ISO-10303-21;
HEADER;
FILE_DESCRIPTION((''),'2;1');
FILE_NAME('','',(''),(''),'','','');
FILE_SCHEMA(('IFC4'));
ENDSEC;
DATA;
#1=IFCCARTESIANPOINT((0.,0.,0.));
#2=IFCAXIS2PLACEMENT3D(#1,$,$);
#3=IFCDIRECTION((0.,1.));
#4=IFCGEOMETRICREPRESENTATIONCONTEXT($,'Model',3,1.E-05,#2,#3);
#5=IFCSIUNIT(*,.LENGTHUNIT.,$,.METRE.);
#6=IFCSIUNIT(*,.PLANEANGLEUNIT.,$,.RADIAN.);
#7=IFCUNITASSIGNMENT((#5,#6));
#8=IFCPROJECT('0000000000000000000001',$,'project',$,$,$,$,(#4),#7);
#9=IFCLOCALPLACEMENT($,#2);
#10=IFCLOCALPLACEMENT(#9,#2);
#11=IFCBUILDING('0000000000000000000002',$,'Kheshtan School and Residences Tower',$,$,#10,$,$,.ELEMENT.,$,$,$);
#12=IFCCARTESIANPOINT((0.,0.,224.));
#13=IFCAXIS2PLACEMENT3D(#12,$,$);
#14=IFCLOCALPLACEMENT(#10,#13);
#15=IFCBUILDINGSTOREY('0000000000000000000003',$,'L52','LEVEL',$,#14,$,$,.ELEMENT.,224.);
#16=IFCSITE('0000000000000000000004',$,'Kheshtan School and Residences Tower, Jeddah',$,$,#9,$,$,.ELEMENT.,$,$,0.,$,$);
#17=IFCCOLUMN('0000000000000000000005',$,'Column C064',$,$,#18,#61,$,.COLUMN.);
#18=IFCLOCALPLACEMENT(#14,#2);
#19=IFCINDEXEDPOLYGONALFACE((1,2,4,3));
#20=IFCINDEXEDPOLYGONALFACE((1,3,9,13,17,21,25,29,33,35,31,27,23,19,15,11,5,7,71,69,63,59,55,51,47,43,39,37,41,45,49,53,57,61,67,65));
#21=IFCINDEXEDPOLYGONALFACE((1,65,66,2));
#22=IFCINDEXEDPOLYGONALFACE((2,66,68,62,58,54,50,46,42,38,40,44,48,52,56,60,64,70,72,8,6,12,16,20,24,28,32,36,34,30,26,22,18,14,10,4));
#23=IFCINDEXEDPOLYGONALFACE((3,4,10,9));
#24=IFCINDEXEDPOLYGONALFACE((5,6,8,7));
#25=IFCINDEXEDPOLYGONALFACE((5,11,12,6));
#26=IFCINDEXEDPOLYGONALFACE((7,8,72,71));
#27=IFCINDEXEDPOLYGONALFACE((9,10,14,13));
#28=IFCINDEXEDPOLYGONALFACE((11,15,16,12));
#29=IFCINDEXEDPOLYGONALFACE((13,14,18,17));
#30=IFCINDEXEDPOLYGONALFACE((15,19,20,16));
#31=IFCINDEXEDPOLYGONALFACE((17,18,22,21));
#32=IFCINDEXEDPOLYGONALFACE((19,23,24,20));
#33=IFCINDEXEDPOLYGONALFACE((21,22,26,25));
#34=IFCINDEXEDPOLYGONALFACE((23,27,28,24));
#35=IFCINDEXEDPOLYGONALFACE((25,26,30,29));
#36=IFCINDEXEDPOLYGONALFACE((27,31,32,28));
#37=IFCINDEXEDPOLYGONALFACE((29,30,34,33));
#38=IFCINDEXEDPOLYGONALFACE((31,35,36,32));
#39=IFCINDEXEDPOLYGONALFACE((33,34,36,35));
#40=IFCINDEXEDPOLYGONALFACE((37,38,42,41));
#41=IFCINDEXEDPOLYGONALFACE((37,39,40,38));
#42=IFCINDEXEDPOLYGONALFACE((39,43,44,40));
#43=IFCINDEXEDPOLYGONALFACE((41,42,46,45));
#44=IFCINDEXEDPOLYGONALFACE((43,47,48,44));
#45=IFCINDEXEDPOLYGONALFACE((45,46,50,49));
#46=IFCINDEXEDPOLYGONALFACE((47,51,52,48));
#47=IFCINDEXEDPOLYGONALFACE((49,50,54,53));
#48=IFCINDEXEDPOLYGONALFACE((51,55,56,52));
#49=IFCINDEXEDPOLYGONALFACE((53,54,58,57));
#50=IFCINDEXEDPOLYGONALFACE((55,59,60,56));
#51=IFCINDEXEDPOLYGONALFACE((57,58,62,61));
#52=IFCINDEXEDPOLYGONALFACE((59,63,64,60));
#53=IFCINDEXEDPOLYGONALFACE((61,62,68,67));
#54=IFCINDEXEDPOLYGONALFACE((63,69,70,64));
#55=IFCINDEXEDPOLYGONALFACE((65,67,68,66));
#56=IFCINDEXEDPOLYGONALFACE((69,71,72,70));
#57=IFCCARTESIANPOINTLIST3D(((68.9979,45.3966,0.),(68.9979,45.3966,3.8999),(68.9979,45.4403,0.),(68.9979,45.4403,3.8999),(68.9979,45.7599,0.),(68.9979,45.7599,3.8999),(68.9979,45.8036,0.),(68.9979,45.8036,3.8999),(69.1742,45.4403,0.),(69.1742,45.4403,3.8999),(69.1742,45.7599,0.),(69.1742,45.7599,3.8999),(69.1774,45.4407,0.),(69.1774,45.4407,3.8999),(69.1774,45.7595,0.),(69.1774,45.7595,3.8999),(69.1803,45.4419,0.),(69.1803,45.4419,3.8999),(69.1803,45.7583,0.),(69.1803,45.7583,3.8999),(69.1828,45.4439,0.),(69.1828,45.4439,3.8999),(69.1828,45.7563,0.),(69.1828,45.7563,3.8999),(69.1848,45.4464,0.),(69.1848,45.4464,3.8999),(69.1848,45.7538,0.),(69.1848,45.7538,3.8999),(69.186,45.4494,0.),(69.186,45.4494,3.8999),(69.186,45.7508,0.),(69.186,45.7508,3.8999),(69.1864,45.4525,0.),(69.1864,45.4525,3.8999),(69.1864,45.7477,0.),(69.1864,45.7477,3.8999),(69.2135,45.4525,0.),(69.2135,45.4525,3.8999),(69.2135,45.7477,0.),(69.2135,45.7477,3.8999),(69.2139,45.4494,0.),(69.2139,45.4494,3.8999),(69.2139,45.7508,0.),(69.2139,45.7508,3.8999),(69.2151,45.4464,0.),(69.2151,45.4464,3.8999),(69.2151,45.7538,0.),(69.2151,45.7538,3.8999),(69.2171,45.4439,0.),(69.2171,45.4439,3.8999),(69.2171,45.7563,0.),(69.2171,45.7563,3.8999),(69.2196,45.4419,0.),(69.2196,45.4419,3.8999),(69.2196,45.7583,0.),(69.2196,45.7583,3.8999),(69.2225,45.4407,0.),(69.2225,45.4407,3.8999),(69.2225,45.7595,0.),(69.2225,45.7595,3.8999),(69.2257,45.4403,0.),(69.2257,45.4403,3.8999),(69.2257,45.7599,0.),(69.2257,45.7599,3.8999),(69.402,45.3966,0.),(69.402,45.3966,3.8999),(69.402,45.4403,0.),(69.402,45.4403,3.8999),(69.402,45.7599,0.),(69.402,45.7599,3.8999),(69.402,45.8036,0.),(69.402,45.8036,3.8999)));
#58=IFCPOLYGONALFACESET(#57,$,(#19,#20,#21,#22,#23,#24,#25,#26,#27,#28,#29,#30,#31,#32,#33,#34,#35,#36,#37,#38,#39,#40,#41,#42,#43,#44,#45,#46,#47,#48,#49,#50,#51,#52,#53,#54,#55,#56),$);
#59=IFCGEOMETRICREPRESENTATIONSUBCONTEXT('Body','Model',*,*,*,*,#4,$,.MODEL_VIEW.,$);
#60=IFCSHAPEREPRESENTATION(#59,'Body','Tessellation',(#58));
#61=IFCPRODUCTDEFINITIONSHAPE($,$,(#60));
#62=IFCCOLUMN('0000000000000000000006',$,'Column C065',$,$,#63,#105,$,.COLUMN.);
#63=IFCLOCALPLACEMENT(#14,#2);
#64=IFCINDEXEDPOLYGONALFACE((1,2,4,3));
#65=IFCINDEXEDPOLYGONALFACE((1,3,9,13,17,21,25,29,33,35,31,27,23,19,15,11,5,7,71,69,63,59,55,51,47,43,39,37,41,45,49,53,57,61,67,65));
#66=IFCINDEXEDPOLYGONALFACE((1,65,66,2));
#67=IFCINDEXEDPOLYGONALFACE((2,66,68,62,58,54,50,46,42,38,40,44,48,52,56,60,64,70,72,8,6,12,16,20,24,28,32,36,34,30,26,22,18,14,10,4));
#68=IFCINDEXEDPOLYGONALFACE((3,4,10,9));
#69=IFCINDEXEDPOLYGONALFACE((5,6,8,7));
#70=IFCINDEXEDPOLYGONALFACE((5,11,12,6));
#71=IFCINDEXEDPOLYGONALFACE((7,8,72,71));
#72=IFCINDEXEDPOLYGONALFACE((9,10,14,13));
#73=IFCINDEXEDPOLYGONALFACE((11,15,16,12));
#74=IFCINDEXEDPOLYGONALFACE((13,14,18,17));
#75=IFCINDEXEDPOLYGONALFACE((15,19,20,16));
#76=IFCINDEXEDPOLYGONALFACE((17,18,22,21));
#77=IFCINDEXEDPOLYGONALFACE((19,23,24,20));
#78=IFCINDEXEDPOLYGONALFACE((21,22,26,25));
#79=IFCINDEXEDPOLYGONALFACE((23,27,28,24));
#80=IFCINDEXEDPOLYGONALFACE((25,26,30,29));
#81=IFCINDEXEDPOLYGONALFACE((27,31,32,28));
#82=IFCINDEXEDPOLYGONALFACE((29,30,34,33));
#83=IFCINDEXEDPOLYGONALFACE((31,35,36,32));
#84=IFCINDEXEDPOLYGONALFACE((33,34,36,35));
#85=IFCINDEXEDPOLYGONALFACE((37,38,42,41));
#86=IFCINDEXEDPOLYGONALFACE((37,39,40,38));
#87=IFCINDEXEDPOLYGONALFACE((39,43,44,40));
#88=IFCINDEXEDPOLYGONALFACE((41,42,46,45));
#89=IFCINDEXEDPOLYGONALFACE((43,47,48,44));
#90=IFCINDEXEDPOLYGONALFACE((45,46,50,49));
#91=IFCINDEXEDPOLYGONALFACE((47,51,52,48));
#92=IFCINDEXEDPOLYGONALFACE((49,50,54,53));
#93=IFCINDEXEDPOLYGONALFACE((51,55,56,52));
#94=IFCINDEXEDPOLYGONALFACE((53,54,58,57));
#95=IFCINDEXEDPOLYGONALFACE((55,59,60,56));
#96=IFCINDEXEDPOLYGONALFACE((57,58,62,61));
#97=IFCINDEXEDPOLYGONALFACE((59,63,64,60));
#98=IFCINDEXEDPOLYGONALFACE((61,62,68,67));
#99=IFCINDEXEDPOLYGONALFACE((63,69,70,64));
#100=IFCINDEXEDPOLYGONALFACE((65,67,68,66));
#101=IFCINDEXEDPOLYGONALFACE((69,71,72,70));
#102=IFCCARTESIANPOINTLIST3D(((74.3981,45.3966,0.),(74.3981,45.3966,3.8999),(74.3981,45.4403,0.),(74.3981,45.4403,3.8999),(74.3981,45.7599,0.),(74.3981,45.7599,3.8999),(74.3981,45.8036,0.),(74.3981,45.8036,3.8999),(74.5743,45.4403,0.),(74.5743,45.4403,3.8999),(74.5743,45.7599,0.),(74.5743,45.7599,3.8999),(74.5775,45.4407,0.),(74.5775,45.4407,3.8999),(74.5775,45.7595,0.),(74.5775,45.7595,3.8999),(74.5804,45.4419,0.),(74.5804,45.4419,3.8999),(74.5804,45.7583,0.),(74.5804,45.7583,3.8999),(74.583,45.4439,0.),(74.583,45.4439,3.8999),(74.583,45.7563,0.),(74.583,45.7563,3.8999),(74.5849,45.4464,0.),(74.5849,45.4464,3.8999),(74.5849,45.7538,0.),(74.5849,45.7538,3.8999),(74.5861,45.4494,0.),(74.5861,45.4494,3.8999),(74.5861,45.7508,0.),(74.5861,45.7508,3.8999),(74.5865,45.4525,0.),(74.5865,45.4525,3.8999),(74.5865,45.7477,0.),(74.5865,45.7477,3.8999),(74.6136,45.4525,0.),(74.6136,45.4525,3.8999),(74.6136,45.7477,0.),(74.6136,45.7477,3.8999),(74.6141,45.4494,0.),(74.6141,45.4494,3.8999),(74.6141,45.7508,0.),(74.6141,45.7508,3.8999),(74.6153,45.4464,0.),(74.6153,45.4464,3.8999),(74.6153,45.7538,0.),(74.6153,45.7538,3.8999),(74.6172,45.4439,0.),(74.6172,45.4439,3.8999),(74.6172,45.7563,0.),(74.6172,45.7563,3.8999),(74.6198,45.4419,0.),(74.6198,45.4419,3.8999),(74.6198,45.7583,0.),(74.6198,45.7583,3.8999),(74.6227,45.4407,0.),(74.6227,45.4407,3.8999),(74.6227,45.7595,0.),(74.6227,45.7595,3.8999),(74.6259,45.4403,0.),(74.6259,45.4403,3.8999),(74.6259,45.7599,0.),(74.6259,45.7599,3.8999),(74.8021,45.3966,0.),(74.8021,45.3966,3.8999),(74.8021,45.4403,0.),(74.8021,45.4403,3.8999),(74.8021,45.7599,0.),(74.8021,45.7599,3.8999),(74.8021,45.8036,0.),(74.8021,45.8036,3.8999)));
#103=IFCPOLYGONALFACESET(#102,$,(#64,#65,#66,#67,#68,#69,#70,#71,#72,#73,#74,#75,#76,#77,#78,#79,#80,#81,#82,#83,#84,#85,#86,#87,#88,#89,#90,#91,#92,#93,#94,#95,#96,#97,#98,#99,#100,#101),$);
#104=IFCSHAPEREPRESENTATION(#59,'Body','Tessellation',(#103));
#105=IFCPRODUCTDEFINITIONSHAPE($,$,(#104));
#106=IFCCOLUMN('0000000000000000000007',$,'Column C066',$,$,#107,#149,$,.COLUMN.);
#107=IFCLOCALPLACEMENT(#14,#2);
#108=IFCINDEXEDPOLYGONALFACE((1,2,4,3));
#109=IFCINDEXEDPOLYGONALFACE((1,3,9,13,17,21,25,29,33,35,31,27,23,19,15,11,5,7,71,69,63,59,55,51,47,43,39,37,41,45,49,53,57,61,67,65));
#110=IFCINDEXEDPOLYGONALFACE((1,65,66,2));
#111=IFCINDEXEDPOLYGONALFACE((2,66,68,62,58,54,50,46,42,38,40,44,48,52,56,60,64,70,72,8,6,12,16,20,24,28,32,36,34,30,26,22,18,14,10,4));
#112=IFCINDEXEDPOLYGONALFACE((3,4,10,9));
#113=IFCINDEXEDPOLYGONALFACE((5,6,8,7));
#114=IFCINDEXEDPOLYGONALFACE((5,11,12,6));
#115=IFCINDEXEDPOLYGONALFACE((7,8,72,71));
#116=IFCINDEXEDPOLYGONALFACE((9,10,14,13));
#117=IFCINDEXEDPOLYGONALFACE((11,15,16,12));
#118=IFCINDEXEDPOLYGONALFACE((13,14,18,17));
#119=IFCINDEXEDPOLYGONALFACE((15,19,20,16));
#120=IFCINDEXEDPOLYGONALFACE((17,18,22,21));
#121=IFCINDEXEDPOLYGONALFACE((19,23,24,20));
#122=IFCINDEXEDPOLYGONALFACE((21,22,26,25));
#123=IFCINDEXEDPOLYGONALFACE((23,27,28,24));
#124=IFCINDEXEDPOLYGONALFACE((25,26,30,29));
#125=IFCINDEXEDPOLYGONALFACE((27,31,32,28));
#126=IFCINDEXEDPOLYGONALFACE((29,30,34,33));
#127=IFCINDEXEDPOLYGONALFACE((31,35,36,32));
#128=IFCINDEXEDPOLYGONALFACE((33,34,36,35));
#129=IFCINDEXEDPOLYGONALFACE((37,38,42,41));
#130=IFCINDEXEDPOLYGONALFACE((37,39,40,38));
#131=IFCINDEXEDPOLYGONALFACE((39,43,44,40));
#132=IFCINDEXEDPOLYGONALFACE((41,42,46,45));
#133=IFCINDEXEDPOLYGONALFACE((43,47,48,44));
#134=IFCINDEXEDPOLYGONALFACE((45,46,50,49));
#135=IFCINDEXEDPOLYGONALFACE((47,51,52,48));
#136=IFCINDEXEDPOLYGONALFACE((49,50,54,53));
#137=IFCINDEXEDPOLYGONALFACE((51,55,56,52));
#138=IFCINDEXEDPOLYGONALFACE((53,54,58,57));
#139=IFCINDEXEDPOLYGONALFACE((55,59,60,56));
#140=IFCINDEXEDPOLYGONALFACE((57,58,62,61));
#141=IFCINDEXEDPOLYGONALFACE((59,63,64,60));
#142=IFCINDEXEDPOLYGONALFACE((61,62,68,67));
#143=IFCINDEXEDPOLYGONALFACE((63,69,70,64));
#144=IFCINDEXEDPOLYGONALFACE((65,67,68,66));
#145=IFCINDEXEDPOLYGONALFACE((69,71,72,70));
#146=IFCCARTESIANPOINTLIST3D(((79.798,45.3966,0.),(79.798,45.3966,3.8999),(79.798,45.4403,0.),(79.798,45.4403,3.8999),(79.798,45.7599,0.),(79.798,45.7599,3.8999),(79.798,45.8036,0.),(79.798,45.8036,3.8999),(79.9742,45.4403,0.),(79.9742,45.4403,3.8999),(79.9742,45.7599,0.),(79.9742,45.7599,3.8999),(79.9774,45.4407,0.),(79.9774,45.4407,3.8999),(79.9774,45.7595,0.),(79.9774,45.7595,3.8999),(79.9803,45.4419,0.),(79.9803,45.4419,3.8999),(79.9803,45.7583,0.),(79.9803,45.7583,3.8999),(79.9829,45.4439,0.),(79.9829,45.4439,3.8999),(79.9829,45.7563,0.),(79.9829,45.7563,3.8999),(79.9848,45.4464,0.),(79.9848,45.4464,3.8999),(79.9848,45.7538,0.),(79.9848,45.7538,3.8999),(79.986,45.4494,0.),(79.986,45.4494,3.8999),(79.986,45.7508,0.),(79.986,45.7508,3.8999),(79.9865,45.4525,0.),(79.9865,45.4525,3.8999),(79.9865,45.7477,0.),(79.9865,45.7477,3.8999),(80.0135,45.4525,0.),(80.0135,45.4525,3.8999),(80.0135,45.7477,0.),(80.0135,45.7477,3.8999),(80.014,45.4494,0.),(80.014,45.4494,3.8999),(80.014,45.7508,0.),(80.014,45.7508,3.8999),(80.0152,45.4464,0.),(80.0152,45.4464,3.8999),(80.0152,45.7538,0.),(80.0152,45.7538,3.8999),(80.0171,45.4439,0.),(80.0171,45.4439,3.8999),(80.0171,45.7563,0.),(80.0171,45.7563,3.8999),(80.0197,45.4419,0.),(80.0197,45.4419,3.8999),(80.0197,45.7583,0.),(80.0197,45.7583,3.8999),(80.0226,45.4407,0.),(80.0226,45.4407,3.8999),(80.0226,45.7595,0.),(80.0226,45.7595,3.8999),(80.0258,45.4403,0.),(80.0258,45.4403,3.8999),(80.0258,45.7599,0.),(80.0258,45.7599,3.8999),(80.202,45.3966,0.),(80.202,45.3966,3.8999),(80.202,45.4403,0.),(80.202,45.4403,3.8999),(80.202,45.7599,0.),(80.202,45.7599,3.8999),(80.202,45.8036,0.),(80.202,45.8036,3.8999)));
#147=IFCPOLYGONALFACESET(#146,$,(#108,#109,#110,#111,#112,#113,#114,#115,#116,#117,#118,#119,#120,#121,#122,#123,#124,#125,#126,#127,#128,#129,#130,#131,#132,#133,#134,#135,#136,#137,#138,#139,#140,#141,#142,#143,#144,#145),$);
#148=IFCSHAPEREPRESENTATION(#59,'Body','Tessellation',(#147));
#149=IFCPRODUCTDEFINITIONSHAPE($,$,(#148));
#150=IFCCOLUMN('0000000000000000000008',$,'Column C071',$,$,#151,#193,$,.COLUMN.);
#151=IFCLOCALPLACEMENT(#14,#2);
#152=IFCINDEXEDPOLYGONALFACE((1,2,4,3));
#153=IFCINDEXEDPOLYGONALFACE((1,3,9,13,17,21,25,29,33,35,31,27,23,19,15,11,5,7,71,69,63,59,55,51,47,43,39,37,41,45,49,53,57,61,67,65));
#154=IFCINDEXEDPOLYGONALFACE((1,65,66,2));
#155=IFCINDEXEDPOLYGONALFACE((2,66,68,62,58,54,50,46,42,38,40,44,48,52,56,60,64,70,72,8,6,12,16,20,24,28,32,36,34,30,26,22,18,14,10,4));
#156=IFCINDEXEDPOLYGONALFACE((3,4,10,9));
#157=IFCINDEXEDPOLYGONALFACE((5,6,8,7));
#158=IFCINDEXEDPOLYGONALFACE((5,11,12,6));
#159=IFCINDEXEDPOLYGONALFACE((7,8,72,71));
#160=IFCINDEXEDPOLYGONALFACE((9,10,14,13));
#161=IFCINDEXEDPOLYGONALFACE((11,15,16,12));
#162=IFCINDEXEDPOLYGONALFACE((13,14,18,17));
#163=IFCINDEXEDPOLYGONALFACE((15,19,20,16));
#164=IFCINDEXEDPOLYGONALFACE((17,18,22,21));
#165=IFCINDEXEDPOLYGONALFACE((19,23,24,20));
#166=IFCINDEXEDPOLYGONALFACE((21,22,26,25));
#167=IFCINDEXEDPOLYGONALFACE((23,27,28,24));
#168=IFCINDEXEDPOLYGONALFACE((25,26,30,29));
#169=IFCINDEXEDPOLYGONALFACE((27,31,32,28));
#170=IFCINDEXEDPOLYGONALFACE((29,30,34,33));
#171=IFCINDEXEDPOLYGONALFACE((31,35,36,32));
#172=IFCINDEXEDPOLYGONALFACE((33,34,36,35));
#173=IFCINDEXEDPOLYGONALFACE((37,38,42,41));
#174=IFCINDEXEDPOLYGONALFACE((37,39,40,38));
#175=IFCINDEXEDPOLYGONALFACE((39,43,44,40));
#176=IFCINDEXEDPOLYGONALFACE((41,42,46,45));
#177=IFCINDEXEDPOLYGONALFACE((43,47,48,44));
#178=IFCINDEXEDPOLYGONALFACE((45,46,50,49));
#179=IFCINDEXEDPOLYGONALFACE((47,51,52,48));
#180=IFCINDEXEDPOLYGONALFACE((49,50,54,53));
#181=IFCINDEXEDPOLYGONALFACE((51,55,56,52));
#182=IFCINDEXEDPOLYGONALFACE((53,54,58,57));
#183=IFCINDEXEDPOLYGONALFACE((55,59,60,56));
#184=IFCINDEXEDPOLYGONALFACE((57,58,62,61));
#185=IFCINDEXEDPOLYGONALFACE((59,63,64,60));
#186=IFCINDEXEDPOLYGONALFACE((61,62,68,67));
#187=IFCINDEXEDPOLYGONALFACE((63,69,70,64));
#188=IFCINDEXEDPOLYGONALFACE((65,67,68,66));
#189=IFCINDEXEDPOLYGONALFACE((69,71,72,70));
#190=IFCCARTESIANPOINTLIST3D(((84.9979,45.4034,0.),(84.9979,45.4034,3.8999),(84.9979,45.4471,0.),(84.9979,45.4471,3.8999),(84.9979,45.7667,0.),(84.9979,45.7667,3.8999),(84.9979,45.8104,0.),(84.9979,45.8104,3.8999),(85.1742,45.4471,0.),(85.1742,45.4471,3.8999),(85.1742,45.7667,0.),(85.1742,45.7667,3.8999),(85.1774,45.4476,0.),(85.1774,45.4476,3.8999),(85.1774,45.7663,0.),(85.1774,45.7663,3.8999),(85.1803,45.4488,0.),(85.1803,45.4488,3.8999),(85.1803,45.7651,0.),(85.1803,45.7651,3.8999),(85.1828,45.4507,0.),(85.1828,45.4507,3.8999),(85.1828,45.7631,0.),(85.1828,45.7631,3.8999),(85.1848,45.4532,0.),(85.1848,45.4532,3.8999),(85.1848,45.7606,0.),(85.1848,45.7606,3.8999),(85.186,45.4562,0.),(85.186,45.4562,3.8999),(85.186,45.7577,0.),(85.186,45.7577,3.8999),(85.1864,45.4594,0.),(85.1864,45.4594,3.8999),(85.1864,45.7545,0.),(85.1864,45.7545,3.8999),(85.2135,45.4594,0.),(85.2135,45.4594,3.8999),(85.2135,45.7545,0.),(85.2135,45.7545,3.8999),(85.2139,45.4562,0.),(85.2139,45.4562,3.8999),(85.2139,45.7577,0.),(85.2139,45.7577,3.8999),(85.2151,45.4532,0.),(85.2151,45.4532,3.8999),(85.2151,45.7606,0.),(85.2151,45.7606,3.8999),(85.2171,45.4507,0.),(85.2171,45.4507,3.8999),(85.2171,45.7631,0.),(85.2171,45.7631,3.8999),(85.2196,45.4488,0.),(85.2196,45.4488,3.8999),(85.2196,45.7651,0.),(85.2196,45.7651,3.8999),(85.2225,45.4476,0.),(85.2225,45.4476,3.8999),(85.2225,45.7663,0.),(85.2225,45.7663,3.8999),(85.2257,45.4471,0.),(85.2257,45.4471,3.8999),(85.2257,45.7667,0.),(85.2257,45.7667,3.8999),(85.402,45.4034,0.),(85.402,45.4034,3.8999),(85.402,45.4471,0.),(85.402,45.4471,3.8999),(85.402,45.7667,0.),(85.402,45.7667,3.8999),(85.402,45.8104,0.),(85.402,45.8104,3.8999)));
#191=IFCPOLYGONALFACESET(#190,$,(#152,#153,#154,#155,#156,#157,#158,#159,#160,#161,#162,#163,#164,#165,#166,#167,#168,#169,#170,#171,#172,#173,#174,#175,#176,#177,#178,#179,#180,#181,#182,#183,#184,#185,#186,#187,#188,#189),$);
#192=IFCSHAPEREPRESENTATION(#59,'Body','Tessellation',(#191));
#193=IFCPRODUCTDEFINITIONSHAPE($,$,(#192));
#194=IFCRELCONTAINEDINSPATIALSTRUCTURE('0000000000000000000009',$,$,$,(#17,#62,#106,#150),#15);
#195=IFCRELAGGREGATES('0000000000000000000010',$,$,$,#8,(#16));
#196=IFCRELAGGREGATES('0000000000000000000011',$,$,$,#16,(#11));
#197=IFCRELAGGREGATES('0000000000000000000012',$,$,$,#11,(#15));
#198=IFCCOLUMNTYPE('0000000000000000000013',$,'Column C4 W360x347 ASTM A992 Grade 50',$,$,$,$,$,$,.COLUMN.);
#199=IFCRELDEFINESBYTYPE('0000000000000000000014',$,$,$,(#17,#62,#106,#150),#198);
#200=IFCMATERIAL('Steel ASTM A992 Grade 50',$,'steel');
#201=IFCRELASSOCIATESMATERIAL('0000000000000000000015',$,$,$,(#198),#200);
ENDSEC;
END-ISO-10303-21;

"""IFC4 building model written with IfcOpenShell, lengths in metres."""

from ifc_helpers import new_model, si_unit, direction, frame, origin, origin_2d, place, context, subcontext, project, spatial, i_section, extrude, material, material_profile, profile_set, type_object, element, save


model = new_model("IFC4")

# Units and contexts
model_context = context("Model", 3, precision=1e-05, world=origin(), true_north=direction((0.0, 1.0)))
body_context = subcontext(model_context, "Body", "Model", "MODEL_VIEW")
ifc_project = project(units=[si_unit("LENGTHUNIT", "METRE"), si_unit("PLANEANGLEUNIT", "RADIAN")], contexts=[model_context])

# Site, building, storey
site_placement = place(None, origin())
site = spatial("IfcSite", under=ifc_project, at=site_placement, Name="Kheshtan School and Residences Tower, Jeddah", CompositionType="ELEMENT", RefElevation=0.0)
building_placement = place(site_placement, origin())
building = spatial("IfcBuilding", under=site, at=building_placement, Name="Kheshtan School and Residences Tower", CompositionType="ELEMENT")
storey_placement = place(building_placement, frame((0.0, 0.0, 224.0)))
storey = spatial("IfcBuildingStorey", under=building, at=storey_placement, Name="L52", Description="LEVEL", CompositionType="ELEMENT", Elevation=224.0)

# Columns
ifc_material_1 = material(Name="Steel ASTM A992 Grade 50", Category="steel")
ifc_material_profile_1 = material_profile(ifc_material_1, i_section(OverallWidth=0.4041, OverallDepth=0.407, WebThickness=0.0271, FlangeThickness=0.0437, FilletRadius=0.0122, at=origin_2d()), Name="W360x347")
ifc_profile_set_1 = profile_set([ifc_material_profile_1], Name="Steel ASTM A992 Grade 50")
column_type = type_object("IfcColumnType", Name="Column C4 W360x347 ASTM A992 Grade 50", PredefinedType="COLUMN", material=ifc_profile_set_1)
for number, where, z_axis, x_axis, name in (
    (1, (69.2, 45.6001, 0.0), (0.0, 0.0, 1.0), (1.0, 0.0, 0.0), "Column C064"),
    (2, (74.6001, 45.6001, 0.0), (0.0, 0.0, 1.0), (1.0, 0.0, 0.0), "Column C065"),
    (3, (80.0, 45.6001, 0.0), (0.0, 0.0, 1.0), (1.0, 0.0, 0.0), "Column C066"),
    (4, (85.2, 45.6069, 0.0), (0.0, 0.0, 1.0), (1.0, 0.0, 0.0), "Column C071"),
):
    element("IfcColumn", number, at=place(storey_placement, frame(where, z_axis=z_axis, x_axis=x_axis)), inside=storey, type_object=column_type, Name=name, PredefinedType="COLUMN", context=body_context, shape_type="SweptSolid", body=[
        extrude(i_section(OverallWidth=0.4041, OverallDepth=0.407, WebThickness=0.0271, FlangeThickness=0.0437, FilletRadius=0.0122, at=origin_2d()), origin(), (0.0, 0.0, 1.0), 3.8999),
    ])

save(model, "model.ifc")
